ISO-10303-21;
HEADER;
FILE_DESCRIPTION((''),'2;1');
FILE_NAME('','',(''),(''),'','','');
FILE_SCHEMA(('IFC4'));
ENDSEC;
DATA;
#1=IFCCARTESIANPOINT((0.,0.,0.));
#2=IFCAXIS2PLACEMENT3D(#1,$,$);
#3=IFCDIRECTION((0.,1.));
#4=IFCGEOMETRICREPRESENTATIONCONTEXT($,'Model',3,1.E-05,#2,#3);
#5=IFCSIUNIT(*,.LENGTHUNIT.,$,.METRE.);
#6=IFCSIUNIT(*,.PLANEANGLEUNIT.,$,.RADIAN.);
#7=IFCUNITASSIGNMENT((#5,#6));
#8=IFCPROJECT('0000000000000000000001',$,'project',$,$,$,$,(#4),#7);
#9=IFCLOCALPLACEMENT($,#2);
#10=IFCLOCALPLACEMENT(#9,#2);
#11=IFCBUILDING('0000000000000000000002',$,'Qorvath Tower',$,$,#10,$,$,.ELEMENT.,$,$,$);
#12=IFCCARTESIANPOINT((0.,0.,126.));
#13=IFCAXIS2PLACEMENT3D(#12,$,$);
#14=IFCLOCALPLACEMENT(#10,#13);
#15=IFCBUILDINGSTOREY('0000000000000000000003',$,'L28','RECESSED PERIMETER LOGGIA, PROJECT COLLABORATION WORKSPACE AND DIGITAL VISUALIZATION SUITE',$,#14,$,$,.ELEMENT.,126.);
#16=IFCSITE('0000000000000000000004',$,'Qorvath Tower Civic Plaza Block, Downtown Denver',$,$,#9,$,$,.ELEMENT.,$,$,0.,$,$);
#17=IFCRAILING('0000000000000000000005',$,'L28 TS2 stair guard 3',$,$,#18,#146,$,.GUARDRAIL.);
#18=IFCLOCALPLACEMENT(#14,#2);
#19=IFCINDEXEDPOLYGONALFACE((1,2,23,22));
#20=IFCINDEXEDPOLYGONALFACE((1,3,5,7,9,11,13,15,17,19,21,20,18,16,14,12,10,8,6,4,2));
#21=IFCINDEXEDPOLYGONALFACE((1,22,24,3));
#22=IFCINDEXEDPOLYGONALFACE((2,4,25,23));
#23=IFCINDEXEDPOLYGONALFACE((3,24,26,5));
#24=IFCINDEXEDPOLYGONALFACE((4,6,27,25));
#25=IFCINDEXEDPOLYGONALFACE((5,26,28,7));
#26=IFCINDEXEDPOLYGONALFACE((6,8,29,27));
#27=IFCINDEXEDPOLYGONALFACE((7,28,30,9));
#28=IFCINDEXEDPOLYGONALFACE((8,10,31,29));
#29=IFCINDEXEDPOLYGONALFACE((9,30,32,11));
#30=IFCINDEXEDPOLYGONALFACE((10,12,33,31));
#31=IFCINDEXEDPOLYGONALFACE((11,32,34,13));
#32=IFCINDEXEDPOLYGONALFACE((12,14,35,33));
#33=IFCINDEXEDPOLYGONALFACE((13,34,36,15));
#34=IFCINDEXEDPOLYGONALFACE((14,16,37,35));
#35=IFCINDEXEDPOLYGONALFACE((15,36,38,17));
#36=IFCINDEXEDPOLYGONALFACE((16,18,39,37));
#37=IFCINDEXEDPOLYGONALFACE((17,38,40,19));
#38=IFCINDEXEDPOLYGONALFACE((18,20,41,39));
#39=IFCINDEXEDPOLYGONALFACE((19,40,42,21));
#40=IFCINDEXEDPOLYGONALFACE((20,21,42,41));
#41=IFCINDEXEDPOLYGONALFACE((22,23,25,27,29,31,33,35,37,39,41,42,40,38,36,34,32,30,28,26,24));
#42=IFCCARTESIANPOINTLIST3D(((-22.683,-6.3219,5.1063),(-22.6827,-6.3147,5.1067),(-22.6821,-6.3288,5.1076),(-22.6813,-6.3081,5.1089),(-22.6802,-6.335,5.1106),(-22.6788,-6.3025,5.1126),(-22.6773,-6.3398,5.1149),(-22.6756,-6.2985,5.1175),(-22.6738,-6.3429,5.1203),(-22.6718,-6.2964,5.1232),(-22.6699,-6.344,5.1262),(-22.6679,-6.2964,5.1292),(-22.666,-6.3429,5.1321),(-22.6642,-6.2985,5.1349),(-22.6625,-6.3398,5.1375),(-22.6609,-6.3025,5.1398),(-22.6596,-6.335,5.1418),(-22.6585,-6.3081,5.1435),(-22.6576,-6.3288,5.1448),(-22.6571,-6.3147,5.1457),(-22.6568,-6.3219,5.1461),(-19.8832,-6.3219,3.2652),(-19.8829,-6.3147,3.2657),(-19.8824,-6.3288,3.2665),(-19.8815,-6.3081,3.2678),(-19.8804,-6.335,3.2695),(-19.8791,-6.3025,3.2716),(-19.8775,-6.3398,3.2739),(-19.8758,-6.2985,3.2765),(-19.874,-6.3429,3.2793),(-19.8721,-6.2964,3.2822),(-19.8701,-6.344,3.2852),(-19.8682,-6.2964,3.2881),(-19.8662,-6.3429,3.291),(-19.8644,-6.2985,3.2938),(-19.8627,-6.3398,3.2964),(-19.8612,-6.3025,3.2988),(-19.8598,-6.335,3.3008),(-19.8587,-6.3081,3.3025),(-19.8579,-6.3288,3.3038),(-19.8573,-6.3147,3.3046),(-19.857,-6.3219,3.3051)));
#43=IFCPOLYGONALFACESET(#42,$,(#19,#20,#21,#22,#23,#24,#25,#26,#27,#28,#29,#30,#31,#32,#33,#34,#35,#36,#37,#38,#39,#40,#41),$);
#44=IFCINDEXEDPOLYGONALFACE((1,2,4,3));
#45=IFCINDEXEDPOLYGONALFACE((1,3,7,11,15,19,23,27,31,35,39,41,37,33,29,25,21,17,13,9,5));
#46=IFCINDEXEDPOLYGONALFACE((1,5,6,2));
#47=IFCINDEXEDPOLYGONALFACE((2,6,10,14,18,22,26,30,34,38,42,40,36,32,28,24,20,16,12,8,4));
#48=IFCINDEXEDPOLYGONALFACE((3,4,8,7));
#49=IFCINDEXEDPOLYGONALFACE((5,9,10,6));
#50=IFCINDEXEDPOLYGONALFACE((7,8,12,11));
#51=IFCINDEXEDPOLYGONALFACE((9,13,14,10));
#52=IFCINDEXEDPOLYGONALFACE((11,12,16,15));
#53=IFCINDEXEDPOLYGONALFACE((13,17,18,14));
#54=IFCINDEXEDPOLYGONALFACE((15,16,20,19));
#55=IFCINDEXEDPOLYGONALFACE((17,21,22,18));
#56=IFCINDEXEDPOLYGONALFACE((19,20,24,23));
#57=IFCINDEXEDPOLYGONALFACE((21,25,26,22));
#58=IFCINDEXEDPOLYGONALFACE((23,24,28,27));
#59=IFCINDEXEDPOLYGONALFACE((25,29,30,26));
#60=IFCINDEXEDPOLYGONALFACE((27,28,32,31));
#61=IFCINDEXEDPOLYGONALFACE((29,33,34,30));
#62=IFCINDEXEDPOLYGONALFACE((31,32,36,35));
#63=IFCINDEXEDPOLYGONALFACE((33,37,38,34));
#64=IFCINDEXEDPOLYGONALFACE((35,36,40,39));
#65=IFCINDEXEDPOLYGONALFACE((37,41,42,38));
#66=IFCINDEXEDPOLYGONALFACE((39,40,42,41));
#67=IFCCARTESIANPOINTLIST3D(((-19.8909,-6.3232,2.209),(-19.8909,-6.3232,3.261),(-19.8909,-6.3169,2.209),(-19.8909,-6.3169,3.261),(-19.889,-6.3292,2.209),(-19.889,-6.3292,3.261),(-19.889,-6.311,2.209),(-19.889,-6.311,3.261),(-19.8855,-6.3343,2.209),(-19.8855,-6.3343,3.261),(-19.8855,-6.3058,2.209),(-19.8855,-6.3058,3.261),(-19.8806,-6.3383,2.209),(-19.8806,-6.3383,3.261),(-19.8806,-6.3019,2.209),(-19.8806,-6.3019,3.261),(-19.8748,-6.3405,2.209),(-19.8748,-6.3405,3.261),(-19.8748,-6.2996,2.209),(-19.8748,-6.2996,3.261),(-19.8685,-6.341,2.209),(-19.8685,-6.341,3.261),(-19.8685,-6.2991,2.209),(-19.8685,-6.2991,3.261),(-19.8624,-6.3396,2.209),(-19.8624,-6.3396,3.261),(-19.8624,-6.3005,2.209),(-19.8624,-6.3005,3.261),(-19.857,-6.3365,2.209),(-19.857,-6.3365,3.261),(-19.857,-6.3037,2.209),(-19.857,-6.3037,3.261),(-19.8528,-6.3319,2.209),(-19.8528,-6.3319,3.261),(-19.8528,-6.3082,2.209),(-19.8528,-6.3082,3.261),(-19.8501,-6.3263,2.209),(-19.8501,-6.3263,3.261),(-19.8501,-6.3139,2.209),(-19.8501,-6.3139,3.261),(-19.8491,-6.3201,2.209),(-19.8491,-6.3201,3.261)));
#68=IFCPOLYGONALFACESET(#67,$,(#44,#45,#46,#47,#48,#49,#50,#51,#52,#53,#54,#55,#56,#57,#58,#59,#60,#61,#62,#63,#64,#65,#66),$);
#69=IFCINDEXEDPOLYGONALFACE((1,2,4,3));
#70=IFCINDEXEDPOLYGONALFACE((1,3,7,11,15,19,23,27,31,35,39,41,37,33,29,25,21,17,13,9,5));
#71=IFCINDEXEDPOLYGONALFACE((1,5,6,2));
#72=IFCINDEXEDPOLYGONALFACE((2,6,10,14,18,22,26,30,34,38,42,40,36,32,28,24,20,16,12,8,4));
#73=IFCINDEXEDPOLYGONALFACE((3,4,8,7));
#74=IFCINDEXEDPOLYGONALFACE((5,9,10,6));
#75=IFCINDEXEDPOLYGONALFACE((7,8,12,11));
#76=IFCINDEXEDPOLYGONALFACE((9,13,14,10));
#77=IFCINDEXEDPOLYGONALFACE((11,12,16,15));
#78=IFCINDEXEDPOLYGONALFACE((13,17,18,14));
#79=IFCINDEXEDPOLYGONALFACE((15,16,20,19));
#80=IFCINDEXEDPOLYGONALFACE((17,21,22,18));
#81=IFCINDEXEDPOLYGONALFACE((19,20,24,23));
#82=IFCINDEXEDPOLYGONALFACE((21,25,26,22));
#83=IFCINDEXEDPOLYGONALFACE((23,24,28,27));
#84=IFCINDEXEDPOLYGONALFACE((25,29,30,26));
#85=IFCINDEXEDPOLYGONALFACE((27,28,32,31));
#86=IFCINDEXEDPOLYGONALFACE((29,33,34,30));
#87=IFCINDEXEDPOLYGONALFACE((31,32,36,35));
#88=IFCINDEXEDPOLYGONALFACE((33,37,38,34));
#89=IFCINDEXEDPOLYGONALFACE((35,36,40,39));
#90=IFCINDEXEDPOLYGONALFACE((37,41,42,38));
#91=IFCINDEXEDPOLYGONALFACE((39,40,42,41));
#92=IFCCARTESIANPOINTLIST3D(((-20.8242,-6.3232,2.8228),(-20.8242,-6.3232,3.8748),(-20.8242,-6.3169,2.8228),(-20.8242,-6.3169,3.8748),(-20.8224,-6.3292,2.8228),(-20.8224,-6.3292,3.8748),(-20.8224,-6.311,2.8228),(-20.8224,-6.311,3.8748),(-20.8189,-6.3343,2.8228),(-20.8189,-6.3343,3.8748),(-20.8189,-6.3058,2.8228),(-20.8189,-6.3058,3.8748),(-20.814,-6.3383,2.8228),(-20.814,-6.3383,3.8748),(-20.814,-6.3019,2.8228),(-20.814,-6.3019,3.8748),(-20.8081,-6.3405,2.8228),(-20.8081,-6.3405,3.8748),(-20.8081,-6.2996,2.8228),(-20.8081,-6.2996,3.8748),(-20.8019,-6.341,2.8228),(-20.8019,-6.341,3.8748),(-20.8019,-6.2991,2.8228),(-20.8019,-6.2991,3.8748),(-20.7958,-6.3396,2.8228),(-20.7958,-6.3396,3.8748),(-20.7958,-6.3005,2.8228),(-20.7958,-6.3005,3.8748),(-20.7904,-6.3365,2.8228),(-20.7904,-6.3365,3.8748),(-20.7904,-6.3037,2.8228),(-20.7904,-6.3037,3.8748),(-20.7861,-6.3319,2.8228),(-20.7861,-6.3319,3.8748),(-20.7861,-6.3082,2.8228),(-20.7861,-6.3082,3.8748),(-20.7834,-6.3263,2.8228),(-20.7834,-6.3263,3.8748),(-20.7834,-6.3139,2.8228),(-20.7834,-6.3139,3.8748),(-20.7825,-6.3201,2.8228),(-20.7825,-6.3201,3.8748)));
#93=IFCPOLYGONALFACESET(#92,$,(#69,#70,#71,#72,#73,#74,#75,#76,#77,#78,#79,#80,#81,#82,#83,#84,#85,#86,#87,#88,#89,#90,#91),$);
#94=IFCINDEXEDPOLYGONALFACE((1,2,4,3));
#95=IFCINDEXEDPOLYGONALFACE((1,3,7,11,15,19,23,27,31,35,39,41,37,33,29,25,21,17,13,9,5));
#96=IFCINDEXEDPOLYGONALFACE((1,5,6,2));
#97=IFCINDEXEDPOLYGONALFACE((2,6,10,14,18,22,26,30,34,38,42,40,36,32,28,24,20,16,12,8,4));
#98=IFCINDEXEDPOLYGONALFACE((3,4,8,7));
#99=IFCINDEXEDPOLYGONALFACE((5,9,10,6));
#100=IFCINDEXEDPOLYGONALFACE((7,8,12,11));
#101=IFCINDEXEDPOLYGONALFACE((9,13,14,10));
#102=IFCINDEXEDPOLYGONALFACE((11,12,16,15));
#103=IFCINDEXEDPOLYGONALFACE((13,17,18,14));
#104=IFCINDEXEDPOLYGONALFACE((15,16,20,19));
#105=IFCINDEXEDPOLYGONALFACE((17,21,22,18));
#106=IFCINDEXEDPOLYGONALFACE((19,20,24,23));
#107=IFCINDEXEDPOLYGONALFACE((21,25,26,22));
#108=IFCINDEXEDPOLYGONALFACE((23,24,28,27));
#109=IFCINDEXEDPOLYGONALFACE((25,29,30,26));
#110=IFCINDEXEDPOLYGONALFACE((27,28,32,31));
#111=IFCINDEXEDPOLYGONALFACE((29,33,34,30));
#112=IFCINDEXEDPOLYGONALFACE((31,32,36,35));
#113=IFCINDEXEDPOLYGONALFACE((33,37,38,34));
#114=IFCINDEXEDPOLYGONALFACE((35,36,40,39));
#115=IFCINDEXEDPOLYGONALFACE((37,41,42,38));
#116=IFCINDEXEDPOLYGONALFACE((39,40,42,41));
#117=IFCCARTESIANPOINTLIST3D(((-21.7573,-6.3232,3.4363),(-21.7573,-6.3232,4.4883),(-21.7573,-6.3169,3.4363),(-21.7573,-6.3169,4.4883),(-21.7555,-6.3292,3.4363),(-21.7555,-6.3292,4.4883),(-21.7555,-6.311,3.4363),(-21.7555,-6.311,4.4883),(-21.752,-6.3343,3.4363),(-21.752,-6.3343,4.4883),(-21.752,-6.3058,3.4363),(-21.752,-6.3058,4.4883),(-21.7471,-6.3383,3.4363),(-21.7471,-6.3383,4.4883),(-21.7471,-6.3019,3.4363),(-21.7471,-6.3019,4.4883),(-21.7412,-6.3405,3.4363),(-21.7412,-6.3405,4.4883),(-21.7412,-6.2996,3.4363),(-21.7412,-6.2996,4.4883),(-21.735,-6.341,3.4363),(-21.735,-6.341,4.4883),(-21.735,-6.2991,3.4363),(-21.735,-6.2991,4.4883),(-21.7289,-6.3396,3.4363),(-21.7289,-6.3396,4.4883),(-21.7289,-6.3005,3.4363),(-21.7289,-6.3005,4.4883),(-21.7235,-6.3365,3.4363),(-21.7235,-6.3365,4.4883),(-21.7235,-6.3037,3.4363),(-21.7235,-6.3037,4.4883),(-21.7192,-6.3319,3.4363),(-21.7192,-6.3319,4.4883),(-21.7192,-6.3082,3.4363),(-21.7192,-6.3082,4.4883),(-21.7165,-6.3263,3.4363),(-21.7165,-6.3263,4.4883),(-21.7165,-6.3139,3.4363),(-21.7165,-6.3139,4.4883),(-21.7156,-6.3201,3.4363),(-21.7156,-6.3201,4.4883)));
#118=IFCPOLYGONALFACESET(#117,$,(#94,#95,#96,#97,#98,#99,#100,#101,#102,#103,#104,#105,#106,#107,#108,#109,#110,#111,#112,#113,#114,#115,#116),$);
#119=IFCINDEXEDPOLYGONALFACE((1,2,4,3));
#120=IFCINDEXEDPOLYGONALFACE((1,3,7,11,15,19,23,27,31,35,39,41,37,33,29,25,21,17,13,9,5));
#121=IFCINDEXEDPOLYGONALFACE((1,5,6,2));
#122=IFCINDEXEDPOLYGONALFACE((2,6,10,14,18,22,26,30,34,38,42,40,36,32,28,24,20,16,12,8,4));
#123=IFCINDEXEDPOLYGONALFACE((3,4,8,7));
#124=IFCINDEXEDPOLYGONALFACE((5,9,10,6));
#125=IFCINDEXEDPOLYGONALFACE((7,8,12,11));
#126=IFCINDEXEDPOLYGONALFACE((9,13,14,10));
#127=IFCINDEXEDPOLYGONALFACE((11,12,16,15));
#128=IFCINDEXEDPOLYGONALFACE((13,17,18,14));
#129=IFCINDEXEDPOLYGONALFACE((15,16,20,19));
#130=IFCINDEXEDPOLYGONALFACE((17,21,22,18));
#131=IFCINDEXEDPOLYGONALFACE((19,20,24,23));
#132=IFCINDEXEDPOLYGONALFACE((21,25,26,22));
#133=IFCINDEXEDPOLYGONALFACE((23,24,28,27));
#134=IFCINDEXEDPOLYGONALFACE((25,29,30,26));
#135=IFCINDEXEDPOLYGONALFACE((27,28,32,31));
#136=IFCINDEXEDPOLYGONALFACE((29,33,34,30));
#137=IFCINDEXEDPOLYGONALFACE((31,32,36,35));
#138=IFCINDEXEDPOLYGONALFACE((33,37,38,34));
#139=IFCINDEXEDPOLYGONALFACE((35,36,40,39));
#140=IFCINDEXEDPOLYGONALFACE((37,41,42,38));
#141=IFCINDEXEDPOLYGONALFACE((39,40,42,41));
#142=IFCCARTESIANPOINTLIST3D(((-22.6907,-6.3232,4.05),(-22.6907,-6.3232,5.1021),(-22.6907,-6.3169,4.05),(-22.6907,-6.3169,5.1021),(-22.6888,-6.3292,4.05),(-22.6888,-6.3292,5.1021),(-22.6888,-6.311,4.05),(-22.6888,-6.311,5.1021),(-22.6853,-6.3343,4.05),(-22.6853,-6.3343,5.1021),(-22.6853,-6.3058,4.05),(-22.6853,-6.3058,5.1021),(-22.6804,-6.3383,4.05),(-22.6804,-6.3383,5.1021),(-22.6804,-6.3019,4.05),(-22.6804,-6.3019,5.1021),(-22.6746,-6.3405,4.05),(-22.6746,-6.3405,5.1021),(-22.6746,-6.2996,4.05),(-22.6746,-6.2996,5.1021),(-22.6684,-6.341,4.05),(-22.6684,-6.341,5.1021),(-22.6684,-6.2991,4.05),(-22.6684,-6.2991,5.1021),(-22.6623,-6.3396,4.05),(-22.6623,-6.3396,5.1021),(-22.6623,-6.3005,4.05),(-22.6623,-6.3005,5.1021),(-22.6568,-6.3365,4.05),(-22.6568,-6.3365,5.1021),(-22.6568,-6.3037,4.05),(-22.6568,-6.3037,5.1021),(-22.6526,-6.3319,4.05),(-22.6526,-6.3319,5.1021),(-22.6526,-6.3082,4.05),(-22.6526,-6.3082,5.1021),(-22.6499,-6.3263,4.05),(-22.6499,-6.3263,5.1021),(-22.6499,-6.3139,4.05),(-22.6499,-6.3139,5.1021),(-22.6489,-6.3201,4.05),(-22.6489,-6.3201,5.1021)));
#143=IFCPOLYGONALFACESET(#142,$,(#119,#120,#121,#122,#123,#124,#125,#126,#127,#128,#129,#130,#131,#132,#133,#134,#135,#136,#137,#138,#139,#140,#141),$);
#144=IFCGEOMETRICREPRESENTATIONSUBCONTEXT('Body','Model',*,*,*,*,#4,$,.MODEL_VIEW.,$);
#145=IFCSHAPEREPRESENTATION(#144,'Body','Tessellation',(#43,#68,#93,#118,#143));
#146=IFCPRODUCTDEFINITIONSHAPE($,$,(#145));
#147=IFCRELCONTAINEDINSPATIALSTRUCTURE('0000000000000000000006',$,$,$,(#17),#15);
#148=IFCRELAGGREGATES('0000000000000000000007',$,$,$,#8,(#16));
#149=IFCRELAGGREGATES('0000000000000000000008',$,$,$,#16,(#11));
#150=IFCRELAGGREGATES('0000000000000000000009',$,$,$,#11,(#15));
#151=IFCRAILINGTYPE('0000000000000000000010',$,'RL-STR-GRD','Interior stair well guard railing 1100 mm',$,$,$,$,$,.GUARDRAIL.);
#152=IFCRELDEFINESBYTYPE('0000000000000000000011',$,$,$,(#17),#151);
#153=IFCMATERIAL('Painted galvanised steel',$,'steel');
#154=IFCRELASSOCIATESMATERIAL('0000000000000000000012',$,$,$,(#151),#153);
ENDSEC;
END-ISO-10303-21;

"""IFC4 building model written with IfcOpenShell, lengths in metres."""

from ifc_helpers import new_model, si_unit, direction, frame, origin, origin_2d, place, context, subcontext, project, spatial, circle, extrude, material, type_object, element, save


model = new_model("IFC4")

# Units and contexts
model_context = context("Model", 3, precision=1e-05, world=origin(), true_north=direction((0.0, 1.0)))
body_context = subcontext(model_context, "Body", "Model", "MODEL_VIEW")
ifc_project = project(units=[si_unit("LENGTHUNIT", "METRE"), si_unit("PLANEANGLEUNIT", "RADIAN")], contexts=[model_context])

# Site, building, storey
site_placement = place(None, origin())
site = spatial("IfcSite", under=ifc_project, at=site_placement, Name="Qorvath Tower Civic Plaza Block, Downtown Denver", CompositionType="ELEMENT", RefElevation=0.0)
building_placement = place(site_placement, origin())
building = spatial("IfcBuilding", under=site, at=building_placement, Name="Qorvath Tower", CompositionType="ELEMENT")
storey_placement = place(building_placement, frame((0.0, 0.0, 126.0)))
storey = spatial("IfcBuildingStorey", under=building, at=storey_placement, Name="L28", Description="RECESSED PERIMETER LOGGIA, PROJECT COLLABORATION WORKSPACE AND DIGITAL VISUALIZATION SUITE", CompositionType="ELEMENT", Elevation=126.0)

# Railing
ifc_material_1 = material(Name="Painted galvanised steel", Category="steel")
railing_type_1 = type_object("IfcRailingType", Name="RL-STR-GRD", Description="Interior stair well guard railing 1100 mm", PredefinedType="GUARDRAIL", material=ifc_material_1)
railing_1_placement = place(storey_placement, frame((-19.8701, -6.3201, 2.209)))
element("IfcRailing", 1, at=railing_1_placement, inside=storey, type_object=railing_type_1, Name="L28 TS2 stair guard 3", PredefinedType="GUARDRAIL", context=body_context, shape_type="SweptSolid", body=[
    extrude(circle(Radius=0.0239, at=origin_2d()), frame((0.0, 0.0, 1.0762), z_axis=(-0.835542, 0.0, 0.549426), x_axis=(0.0, -1.0, 0.0)), (0.0, 0.0, 1.0), 3.3508),
    extrude(circle(Radius=0.021, at=origin_2d()), origin(), (0.0, 0.0, 1.0), 1.052),
    extrude(circle(Radius=0.021, at=origin_2d()), frame((-0.9333, 0.0, 0.6138)), (0.0, 0.0, 1.0), 1.052),
    extrude(circle(Radius=0.021, at=origin_2d()), frame((-1.8665, 0.0, 1.2273)), (0.0, 0.0, 1.0), 1.052),
    extrude(circle(Radius=0.021, at=origin_2d()), frame((-2.7998, 0.0, 1.8411)), (0.0, 0.0, 1.0), 1.052),
])

save(model, "model.ifc")
